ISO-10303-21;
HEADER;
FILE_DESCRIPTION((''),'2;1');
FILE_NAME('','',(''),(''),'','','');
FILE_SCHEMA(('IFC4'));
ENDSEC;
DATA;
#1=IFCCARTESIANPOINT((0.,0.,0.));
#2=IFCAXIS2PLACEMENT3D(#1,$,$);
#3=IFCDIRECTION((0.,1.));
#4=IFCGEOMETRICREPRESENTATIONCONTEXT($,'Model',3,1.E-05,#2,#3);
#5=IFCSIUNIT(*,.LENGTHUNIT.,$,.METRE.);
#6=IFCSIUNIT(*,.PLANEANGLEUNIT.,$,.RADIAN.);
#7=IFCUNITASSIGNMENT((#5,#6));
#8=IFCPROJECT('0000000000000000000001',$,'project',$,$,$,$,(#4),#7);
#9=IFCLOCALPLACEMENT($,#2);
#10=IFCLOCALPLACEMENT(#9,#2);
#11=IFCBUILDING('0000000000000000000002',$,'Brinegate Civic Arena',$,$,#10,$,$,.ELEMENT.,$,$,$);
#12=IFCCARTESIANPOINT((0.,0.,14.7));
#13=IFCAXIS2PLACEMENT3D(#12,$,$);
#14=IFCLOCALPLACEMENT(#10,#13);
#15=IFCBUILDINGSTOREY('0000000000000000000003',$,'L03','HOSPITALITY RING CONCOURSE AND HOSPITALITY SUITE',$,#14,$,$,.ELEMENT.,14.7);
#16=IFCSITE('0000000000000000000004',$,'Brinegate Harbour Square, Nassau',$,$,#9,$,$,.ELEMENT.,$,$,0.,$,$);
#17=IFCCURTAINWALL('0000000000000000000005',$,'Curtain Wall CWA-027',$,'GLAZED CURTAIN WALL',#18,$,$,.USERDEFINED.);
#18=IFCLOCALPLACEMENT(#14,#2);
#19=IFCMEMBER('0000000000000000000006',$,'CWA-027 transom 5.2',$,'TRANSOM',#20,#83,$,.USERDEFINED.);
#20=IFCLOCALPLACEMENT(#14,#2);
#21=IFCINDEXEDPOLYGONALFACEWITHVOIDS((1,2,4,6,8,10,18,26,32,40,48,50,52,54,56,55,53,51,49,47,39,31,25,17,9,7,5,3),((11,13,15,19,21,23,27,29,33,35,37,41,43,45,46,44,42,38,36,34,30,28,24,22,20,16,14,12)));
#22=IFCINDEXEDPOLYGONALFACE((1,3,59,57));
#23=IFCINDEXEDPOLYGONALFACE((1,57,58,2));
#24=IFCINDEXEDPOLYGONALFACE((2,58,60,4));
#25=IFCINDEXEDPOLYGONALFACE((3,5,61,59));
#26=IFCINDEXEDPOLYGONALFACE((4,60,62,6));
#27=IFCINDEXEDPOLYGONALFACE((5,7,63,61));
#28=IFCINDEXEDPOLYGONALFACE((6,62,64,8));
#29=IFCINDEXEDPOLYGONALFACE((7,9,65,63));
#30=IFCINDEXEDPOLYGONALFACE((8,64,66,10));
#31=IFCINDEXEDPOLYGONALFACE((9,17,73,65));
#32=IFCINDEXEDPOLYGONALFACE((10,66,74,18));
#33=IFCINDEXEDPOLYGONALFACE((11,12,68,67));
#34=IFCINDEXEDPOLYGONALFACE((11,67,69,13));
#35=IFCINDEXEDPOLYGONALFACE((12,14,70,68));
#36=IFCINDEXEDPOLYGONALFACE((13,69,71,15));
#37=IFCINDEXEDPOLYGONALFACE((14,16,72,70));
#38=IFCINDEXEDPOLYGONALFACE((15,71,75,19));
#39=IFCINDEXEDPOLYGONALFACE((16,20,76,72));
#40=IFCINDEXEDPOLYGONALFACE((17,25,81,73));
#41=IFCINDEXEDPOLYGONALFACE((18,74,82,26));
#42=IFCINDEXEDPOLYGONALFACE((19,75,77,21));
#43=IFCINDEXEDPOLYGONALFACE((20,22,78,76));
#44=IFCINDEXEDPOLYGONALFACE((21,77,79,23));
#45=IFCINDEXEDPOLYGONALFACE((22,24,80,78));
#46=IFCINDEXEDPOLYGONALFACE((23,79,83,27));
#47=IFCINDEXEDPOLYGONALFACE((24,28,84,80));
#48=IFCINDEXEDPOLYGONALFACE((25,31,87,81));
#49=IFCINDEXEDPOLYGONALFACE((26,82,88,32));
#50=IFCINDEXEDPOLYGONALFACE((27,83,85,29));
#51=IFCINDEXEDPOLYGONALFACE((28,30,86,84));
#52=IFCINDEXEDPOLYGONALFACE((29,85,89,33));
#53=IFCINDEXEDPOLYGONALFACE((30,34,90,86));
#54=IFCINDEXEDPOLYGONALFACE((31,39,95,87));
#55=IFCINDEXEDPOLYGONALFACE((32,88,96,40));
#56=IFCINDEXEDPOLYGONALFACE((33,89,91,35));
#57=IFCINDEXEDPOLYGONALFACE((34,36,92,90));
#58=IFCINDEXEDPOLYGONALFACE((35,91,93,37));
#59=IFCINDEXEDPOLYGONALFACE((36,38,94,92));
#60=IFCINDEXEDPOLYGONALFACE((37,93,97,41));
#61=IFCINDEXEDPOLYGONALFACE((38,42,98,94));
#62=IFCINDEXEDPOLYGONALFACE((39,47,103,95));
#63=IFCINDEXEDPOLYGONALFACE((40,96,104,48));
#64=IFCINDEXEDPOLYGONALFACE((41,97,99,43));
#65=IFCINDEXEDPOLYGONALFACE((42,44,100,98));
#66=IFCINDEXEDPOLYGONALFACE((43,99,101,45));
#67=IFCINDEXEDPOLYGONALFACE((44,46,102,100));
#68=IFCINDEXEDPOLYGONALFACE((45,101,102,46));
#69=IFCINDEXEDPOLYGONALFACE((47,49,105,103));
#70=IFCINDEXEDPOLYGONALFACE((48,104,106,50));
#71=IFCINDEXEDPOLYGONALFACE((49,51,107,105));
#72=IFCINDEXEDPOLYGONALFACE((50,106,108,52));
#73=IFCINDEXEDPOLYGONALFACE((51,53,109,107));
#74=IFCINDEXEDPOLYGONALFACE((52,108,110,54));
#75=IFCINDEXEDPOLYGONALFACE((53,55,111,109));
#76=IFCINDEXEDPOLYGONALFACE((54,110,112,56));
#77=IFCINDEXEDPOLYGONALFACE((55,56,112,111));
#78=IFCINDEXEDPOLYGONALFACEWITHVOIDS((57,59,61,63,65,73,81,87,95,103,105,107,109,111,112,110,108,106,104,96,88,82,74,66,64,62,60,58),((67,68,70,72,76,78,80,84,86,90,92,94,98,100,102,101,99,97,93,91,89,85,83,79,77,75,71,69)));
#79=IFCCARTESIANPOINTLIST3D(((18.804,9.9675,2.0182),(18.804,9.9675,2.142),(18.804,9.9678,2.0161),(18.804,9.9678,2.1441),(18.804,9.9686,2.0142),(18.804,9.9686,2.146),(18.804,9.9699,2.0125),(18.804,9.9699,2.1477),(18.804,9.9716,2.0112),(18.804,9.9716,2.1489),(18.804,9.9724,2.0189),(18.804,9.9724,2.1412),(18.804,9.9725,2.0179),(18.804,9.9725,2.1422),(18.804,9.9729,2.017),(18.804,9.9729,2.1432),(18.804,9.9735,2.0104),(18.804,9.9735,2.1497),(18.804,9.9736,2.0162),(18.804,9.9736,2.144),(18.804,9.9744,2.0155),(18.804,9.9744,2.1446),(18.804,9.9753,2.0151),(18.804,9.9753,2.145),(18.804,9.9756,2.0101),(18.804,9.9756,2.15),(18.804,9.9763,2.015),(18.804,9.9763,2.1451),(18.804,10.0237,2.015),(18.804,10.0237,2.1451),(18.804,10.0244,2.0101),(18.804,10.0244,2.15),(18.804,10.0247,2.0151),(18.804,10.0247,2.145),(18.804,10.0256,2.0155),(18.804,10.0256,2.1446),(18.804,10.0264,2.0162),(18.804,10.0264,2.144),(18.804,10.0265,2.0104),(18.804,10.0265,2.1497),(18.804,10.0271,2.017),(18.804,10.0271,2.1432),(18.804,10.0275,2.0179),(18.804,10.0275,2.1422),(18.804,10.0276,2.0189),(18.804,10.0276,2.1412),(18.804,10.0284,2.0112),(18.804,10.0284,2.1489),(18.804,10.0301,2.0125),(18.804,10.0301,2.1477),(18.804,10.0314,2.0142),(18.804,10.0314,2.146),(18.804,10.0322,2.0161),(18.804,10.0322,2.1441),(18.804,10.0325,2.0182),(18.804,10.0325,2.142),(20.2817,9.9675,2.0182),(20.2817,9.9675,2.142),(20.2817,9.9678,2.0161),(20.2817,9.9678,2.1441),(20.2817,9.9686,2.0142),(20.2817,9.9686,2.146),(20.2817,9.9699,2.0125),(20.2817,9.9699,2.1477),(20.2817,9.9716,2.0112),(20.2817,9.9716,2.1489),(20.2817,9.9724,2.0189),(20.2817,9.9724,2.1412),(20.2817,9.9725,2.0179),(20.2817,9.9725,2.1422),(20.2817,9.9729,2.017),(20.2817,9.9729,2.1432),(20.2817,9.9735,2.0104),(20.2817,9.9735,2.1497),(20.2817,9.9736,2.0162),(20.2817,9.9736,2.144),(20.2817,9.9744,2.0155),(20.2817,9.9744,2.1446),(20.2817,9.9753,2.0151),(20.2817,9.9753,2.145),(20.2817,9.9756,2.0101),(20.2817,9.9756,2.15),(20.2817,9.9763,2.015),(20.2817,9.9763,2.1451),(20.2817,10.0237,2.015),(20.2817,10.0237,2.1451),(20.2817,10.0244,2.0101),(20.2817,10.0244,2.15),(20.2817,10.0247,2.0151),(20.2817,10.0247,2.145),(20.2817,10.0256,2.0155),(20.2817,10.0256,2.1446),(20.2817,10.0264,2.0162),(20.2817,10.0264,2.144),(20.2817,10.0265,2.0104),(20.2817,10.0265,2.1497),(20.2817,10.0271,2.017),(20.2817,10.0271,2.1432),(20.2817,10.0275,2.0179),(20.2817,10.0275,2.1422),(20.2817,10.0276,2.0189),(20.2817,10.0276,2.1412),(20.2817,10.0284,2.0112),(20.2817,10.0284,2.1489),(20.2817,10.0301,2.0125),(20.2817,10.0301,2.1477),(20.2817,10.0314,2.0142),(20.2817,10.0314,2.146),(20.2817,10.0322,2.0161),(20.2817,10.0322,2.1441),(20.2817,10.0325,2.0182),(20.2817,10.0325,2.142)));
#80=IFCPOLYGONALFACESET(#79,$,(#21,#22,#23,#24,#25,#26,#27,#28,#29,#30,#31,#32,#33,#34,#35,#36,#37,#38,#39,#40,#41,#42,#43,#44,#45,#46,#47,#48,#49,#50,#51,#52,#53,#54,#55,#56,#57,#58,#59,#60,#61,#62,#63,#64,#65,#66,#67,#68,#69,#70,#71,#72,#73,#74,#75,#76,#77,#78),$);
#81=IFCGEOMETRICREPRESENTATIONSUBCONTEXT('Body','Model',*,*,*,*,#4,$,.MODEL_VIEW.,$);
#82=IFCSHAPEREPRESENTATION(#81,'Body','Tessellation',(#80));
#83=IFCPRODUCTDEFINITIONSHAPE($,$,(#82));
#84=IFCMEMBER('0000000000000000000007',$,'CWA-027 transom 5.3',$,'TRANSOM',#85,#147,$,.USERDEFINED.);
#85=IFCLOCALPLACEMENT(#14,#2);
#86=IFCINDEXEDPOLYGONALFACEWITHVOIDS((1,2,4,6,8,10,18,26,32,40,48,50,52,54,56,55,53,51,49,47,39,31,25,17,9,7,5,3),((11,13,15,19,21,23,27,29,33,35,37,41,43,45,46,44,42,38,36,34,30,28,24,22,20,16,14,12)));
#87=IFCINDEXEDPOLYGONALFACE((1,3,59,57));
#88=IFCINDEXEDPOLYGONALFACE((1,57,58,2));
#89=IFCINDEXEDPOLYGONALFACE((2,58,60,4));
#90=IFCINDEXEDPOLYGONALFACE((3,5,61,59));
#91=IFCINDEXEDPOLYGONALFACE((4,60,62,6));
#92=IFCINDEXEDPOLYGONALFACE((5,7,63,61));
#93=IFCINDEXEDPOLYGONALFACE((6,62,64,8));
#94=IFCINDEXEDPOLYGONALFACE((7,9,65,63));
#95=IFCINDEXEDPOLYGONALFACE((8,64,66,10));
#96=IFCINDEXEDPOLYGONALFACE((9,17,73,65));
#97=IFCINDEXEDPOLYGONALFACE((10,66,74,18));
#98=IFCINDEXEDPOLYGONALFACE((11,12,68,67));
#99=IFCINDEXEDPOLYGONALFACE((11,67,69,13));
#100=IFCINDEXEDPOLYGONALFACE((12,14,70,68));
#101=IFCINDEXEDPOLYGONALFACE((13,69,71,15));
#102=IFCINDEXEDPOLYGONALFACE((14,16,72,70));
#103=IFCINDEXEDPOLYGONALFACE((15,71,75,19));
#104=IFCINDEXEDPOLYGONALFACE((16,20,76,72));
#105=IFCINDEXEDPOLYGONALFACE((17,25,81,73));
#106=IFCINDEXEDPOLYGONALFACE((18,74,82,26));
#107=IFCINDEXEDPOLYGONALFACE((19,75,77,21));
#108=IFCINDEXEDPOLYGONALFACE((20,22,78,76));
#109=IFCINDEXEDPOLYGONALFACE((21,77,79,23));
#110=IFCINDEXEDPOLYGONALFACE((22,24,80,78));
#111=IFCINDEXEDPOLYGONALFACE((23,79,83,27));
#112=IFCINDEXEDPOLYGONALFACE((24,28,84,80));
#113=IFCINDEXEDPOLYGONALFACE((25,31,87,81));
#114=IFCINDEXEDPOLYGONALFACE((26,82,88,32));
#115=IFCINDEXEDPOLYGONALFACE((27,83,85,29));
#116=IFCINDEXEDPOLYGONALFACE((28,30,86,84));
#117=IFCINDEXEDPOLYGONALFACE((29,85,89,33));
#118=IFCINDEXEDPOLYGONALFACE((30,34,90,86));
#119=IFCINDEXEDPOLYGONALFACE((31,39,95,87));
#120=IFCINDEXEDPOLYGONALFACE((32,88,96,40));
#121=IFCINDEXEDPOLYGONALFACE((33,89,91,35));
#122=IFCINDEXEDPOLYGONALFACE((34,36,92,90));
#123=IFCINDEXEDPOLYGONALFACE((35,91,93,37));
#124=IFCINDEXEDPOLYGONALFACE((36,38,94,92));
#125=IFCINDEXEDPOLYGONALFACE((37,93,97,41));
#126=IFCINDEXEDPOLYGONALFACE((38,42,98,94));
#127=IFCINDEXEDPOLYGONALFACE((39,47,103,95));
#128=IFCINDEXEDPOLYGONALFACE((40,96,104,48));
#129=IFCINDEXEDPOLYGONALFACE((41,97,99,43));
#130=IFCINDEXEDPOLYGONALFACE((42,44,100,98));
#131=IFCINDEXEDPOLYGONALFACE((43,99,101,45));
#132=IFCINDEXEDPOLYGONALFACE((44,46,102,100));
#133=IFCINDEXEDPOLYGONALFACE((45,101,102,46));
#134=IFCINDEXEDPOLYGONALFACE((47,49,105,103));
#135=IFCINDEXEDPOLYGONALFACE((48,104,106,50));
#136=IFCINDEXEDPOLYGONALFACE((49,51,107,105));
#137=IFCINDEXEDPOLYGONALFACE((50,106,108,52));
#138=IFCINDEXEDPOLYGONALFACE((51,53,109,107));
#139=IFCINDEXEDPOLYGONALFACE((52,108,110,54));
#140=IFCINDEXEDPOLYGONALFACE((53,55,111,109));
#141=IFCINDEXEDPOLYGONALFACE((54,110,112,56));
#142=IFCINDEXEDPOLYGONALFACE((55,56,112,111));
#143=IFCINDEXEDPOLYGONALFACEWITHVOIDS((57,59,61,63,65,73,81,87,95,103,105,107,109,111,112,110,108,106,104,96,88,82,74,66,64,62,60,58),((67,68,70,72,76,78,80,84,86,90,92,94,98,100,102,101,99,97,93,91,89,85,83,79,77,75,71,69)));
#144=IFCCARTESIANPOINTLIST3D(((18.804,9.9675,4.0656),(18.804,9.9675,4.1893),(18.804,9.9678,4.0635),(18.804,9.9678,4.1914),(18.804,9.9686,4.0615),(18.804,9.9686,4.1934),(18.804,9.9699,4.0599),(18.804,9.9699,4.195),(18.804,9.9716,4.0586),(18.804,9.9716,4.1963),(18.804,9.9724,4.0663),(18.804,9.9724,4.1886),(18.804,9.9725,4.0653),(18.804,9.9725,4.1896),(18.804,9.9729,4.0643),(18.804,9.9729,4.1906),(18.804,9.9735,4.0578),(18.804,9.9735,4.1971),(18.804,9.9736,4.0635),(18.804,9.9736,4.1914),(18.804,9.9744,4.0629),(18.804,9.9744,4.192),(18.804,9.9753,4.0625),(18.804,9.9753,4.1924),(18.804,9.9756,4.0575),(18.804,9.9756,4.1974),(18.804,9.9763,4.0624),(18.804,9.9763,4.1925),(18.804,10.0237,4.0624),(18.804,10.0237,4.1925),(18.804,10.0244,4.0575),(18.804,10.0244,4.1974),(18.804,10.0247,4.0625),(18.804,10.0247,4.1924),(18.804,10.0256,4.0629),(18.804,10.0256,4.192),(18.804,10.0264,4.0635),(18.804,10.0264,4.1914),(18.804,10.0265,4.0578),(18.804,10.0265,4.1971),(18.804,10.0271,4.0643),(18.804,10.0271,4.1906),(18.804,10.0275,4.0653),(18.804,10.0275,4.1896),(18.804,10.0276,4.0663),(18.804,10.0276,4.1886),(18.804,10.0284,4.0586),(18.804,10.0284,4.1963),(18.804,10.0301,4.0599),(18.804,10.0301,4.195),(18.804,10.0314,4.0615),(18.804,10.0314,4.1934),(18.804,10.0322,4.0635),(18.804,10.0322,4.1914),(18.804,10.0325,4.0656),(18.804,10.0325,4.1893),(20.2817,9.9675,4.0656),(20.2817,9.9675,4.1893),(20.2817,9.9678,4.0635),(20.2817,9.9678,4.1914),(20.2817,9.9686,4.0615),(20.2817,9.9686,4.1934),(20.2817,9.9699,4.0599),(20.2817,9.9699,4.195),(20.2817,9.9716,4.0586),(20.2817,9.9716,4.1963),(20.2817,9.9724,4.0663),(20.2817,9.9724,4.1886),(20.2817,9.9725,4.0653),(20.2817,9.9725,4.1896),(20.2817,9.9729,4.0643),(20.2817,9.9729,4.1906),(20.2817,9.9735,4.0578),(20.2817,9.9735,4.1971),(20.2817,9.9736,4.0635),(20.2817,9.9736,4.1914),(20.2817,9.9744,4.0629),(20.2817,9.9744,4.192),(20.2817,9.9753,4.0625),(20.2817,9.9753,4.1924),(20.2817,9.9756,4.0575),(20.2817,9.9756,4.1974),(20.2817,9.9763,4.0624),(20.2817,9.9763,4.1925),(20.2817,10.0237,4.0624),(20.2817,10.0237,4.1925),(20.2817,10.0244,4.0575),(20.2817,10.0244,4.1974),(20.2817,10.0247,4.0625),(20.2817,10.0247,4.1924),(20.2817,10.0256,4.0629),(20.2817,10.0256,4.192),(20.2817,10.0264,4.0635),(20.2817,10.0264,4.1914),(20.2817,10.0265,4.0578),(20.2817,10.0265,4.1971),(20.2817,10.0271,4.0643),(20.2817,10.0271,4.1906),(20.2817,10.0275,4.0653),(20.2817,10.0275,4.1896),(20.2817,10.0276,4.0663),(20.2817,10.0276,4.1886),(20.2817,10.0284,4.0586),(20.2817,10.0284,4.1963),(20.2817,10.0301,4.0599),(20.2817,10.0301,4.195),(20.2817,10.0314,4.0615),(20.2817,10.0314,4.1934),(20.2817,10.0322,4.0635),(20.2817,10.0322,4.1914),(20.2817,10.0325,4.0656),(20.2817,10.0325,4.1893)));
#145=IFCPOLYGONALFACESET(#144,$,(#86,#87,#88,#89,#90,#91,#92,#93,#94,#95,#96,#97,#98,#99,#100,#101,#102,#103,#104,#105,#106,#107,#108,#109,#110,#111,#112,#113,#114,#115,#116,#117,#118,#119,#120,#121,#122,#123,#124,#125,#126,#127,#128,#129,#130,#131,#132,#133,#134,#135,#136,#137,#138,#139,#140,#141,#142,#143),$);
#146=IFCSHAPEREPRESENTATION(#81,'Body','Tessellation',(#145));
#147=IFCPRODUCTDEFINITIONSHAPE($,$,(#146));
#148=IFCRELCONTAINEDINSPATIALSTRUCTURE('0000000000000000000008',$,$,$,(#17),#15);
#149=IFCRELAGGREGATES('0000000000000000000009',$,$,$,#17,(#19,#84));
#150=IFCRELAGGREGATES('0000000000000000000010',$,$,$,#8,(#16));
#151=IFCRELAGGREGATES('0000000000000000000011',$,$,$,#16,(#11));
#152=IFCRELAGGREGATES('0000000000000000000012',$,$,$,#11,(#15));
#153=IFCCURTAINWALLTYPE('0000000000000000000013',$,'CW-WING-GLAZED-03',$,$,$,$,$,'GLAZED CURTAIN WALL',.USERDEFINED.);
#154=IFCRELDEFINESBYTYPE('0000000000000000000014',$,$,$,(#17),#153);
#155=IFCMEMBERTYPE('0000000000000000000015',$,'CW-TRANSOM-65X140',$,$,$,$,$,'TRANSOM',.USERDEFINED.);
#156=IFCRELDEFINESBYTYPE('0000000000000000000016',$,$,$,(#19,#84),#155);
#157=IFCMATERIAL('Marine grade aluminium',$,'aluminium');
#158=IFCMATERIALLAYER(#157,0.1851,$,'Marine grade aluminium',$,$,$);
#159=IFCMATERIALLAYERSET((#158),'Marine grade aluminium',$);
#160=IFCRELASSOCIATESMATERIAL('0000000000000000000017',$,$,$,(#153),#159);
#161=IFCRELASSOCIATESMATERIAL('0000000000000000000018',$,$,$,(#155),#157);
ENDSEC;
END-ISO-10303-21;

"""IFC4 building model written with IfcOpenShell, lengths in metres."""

from ifc_helpers import new_model, si_unit, direction, frame, origin, origin_2d, place, context, subcontext, project, spatial, hollow_rectangle, extrude, material, layer, layer_set, material_profile, profile_set, type_object, element, aggregate, save


model = new_model("IFC4")

# Units and contexts
model_context = context("Model", 3, precision=1e-05, world=origin(), true_north=direction((0.0, 1.0)))
body_context = subcontext(model_context, "Body", "Model", "MODEL_VIEW")
ifc_project = project(units=[si_unit("LENGTHUNIT", "METRE"), si_unit("PLANEANGLEUNIT", "RADIAN")], contexts=[model_context])

# Site, building, storey
site_placement = place(None, origin())
site = spatial("IfcSite", under=ifc_project, at=site_placement, Name="Brinegate Harbour Square, Nassau", CompositionType="ELEMENT", RefElevation=0.0)
building_placement = place(site_placement, origin())
building = spatial("IfcBuilding", under=site, at=building_placement, Name="Brinegate Civic Arena", CompositionType="ELEMENT")
storey_placement = place(building_placement, frame((0.0, 0.0, 14.7)))
storey = spatial("IfcBuildingStorey", under=building, at=storey_placement, Name="L03", Description="HOSPITALITY RING CONCOURSE AND HOSPITALITY SUITE", CompositionType="ELEMENT", Elevation=14.7)

# Curtain wall
ifc_material_1 = material(Name="Marine grade aluminium", Category="aluminium")
ifc_layer_1 = layer(ifc_material_1, 0.1851, Name="Marine grade aluminium")
ifc_layer_set_1 = layer_set([ifc_layer_1], Name="Marine grade aluminium")
curtain_wall_type = type_object("IfcCurtainWallType", Name="CW-WING-GLAZED-03", ElementType="GLAZED CURTAIN WALL", PredefinedType="USERDEFINED", material=ifc_layer_set_1)
curtain_wall_1_placement = place(storey_placement, origin())
curtain_wall_1 = element("IfcCurtainWall", 1, at=curtain_wall_1_placement, inside=storey, type_object=curtain_wall_type, Name="Curtain Wall CWA-027", ObjectType="GLAZED CURTAIN WALL", PredefinedType="USERDEFINED")

# Members
ifc_material_profile_1 = material_profile(ifc_material_1, hollow_rectangle(XDim=0.0649, YDim=0.1399, WallThickness=0.0049, InnerFilletRadius=0.0039, OuterFilletRadius=0.0081, at=origin_2d()), Name="TRN65X140")
ifc_profile_set_1 = profile_set([ifc_material_profile_1], Name="Marine grade aluminium")
member_type_1 = type_object("IfcMemberType", Name="CW-TRANSOM-65X140", ElementType="TRANSOM", PredefinedType="USERDEFINED", material=ifc_profile_set_1)
member_1_placement = place(storey_placement, frame((18.804, 10.0, 2.0801), z_axis=(1.0, 0.0, 0.0), x_axis=(0.0, 1.0, 0.0)))
member_1 = element("IfcMember", 2, at=member_1_placement, type_object=member_type_1, Name="CWA-027 transom 5.2", ObjectType="TRANSOM", PredefinedType="USERDEFINED", context=body_context, shape_type="SweptSolid", body=[
    extrude(hollow_rectangle(XDim=0.0649, YDim=0.1399, WallThickness=0.0049, InnerFilletRadius=0.0039, OuterFilletRadius=0.0081, at=origin_2d()), origin(), (0.0, 0.0, 1.0), 1.4778),
])
member_2_placement = place(storey_placement, frame((18.804, 10.0, 4.1274), z_axis=(1.0, 0.0, 0.0), x_axis=(0.0, 1.0, 0.0)))
member_2 = element("IfcMember", 3, at=member_2_placement, type_object=member_type_1, Name="CWA-027 transom 5.3", ObjectType="TRANSOM", PredefinedType="USERDEFINED", context=body_context, shape_type="SweptSolid", body=[
    extrude(hollow_rectangle(XDim=0.0649, YDim=0.1399, WallThickness=0.0049, InnerFilletRadius=0.0039, OuterFilletRadius=0.0081, at=origin_2d()), origin(), (0.0, 0.0, 1.0), 1.4778),
])

aggregate(curtain_wall_1, [member_1, member_2])

save(model, "model.ifc")
